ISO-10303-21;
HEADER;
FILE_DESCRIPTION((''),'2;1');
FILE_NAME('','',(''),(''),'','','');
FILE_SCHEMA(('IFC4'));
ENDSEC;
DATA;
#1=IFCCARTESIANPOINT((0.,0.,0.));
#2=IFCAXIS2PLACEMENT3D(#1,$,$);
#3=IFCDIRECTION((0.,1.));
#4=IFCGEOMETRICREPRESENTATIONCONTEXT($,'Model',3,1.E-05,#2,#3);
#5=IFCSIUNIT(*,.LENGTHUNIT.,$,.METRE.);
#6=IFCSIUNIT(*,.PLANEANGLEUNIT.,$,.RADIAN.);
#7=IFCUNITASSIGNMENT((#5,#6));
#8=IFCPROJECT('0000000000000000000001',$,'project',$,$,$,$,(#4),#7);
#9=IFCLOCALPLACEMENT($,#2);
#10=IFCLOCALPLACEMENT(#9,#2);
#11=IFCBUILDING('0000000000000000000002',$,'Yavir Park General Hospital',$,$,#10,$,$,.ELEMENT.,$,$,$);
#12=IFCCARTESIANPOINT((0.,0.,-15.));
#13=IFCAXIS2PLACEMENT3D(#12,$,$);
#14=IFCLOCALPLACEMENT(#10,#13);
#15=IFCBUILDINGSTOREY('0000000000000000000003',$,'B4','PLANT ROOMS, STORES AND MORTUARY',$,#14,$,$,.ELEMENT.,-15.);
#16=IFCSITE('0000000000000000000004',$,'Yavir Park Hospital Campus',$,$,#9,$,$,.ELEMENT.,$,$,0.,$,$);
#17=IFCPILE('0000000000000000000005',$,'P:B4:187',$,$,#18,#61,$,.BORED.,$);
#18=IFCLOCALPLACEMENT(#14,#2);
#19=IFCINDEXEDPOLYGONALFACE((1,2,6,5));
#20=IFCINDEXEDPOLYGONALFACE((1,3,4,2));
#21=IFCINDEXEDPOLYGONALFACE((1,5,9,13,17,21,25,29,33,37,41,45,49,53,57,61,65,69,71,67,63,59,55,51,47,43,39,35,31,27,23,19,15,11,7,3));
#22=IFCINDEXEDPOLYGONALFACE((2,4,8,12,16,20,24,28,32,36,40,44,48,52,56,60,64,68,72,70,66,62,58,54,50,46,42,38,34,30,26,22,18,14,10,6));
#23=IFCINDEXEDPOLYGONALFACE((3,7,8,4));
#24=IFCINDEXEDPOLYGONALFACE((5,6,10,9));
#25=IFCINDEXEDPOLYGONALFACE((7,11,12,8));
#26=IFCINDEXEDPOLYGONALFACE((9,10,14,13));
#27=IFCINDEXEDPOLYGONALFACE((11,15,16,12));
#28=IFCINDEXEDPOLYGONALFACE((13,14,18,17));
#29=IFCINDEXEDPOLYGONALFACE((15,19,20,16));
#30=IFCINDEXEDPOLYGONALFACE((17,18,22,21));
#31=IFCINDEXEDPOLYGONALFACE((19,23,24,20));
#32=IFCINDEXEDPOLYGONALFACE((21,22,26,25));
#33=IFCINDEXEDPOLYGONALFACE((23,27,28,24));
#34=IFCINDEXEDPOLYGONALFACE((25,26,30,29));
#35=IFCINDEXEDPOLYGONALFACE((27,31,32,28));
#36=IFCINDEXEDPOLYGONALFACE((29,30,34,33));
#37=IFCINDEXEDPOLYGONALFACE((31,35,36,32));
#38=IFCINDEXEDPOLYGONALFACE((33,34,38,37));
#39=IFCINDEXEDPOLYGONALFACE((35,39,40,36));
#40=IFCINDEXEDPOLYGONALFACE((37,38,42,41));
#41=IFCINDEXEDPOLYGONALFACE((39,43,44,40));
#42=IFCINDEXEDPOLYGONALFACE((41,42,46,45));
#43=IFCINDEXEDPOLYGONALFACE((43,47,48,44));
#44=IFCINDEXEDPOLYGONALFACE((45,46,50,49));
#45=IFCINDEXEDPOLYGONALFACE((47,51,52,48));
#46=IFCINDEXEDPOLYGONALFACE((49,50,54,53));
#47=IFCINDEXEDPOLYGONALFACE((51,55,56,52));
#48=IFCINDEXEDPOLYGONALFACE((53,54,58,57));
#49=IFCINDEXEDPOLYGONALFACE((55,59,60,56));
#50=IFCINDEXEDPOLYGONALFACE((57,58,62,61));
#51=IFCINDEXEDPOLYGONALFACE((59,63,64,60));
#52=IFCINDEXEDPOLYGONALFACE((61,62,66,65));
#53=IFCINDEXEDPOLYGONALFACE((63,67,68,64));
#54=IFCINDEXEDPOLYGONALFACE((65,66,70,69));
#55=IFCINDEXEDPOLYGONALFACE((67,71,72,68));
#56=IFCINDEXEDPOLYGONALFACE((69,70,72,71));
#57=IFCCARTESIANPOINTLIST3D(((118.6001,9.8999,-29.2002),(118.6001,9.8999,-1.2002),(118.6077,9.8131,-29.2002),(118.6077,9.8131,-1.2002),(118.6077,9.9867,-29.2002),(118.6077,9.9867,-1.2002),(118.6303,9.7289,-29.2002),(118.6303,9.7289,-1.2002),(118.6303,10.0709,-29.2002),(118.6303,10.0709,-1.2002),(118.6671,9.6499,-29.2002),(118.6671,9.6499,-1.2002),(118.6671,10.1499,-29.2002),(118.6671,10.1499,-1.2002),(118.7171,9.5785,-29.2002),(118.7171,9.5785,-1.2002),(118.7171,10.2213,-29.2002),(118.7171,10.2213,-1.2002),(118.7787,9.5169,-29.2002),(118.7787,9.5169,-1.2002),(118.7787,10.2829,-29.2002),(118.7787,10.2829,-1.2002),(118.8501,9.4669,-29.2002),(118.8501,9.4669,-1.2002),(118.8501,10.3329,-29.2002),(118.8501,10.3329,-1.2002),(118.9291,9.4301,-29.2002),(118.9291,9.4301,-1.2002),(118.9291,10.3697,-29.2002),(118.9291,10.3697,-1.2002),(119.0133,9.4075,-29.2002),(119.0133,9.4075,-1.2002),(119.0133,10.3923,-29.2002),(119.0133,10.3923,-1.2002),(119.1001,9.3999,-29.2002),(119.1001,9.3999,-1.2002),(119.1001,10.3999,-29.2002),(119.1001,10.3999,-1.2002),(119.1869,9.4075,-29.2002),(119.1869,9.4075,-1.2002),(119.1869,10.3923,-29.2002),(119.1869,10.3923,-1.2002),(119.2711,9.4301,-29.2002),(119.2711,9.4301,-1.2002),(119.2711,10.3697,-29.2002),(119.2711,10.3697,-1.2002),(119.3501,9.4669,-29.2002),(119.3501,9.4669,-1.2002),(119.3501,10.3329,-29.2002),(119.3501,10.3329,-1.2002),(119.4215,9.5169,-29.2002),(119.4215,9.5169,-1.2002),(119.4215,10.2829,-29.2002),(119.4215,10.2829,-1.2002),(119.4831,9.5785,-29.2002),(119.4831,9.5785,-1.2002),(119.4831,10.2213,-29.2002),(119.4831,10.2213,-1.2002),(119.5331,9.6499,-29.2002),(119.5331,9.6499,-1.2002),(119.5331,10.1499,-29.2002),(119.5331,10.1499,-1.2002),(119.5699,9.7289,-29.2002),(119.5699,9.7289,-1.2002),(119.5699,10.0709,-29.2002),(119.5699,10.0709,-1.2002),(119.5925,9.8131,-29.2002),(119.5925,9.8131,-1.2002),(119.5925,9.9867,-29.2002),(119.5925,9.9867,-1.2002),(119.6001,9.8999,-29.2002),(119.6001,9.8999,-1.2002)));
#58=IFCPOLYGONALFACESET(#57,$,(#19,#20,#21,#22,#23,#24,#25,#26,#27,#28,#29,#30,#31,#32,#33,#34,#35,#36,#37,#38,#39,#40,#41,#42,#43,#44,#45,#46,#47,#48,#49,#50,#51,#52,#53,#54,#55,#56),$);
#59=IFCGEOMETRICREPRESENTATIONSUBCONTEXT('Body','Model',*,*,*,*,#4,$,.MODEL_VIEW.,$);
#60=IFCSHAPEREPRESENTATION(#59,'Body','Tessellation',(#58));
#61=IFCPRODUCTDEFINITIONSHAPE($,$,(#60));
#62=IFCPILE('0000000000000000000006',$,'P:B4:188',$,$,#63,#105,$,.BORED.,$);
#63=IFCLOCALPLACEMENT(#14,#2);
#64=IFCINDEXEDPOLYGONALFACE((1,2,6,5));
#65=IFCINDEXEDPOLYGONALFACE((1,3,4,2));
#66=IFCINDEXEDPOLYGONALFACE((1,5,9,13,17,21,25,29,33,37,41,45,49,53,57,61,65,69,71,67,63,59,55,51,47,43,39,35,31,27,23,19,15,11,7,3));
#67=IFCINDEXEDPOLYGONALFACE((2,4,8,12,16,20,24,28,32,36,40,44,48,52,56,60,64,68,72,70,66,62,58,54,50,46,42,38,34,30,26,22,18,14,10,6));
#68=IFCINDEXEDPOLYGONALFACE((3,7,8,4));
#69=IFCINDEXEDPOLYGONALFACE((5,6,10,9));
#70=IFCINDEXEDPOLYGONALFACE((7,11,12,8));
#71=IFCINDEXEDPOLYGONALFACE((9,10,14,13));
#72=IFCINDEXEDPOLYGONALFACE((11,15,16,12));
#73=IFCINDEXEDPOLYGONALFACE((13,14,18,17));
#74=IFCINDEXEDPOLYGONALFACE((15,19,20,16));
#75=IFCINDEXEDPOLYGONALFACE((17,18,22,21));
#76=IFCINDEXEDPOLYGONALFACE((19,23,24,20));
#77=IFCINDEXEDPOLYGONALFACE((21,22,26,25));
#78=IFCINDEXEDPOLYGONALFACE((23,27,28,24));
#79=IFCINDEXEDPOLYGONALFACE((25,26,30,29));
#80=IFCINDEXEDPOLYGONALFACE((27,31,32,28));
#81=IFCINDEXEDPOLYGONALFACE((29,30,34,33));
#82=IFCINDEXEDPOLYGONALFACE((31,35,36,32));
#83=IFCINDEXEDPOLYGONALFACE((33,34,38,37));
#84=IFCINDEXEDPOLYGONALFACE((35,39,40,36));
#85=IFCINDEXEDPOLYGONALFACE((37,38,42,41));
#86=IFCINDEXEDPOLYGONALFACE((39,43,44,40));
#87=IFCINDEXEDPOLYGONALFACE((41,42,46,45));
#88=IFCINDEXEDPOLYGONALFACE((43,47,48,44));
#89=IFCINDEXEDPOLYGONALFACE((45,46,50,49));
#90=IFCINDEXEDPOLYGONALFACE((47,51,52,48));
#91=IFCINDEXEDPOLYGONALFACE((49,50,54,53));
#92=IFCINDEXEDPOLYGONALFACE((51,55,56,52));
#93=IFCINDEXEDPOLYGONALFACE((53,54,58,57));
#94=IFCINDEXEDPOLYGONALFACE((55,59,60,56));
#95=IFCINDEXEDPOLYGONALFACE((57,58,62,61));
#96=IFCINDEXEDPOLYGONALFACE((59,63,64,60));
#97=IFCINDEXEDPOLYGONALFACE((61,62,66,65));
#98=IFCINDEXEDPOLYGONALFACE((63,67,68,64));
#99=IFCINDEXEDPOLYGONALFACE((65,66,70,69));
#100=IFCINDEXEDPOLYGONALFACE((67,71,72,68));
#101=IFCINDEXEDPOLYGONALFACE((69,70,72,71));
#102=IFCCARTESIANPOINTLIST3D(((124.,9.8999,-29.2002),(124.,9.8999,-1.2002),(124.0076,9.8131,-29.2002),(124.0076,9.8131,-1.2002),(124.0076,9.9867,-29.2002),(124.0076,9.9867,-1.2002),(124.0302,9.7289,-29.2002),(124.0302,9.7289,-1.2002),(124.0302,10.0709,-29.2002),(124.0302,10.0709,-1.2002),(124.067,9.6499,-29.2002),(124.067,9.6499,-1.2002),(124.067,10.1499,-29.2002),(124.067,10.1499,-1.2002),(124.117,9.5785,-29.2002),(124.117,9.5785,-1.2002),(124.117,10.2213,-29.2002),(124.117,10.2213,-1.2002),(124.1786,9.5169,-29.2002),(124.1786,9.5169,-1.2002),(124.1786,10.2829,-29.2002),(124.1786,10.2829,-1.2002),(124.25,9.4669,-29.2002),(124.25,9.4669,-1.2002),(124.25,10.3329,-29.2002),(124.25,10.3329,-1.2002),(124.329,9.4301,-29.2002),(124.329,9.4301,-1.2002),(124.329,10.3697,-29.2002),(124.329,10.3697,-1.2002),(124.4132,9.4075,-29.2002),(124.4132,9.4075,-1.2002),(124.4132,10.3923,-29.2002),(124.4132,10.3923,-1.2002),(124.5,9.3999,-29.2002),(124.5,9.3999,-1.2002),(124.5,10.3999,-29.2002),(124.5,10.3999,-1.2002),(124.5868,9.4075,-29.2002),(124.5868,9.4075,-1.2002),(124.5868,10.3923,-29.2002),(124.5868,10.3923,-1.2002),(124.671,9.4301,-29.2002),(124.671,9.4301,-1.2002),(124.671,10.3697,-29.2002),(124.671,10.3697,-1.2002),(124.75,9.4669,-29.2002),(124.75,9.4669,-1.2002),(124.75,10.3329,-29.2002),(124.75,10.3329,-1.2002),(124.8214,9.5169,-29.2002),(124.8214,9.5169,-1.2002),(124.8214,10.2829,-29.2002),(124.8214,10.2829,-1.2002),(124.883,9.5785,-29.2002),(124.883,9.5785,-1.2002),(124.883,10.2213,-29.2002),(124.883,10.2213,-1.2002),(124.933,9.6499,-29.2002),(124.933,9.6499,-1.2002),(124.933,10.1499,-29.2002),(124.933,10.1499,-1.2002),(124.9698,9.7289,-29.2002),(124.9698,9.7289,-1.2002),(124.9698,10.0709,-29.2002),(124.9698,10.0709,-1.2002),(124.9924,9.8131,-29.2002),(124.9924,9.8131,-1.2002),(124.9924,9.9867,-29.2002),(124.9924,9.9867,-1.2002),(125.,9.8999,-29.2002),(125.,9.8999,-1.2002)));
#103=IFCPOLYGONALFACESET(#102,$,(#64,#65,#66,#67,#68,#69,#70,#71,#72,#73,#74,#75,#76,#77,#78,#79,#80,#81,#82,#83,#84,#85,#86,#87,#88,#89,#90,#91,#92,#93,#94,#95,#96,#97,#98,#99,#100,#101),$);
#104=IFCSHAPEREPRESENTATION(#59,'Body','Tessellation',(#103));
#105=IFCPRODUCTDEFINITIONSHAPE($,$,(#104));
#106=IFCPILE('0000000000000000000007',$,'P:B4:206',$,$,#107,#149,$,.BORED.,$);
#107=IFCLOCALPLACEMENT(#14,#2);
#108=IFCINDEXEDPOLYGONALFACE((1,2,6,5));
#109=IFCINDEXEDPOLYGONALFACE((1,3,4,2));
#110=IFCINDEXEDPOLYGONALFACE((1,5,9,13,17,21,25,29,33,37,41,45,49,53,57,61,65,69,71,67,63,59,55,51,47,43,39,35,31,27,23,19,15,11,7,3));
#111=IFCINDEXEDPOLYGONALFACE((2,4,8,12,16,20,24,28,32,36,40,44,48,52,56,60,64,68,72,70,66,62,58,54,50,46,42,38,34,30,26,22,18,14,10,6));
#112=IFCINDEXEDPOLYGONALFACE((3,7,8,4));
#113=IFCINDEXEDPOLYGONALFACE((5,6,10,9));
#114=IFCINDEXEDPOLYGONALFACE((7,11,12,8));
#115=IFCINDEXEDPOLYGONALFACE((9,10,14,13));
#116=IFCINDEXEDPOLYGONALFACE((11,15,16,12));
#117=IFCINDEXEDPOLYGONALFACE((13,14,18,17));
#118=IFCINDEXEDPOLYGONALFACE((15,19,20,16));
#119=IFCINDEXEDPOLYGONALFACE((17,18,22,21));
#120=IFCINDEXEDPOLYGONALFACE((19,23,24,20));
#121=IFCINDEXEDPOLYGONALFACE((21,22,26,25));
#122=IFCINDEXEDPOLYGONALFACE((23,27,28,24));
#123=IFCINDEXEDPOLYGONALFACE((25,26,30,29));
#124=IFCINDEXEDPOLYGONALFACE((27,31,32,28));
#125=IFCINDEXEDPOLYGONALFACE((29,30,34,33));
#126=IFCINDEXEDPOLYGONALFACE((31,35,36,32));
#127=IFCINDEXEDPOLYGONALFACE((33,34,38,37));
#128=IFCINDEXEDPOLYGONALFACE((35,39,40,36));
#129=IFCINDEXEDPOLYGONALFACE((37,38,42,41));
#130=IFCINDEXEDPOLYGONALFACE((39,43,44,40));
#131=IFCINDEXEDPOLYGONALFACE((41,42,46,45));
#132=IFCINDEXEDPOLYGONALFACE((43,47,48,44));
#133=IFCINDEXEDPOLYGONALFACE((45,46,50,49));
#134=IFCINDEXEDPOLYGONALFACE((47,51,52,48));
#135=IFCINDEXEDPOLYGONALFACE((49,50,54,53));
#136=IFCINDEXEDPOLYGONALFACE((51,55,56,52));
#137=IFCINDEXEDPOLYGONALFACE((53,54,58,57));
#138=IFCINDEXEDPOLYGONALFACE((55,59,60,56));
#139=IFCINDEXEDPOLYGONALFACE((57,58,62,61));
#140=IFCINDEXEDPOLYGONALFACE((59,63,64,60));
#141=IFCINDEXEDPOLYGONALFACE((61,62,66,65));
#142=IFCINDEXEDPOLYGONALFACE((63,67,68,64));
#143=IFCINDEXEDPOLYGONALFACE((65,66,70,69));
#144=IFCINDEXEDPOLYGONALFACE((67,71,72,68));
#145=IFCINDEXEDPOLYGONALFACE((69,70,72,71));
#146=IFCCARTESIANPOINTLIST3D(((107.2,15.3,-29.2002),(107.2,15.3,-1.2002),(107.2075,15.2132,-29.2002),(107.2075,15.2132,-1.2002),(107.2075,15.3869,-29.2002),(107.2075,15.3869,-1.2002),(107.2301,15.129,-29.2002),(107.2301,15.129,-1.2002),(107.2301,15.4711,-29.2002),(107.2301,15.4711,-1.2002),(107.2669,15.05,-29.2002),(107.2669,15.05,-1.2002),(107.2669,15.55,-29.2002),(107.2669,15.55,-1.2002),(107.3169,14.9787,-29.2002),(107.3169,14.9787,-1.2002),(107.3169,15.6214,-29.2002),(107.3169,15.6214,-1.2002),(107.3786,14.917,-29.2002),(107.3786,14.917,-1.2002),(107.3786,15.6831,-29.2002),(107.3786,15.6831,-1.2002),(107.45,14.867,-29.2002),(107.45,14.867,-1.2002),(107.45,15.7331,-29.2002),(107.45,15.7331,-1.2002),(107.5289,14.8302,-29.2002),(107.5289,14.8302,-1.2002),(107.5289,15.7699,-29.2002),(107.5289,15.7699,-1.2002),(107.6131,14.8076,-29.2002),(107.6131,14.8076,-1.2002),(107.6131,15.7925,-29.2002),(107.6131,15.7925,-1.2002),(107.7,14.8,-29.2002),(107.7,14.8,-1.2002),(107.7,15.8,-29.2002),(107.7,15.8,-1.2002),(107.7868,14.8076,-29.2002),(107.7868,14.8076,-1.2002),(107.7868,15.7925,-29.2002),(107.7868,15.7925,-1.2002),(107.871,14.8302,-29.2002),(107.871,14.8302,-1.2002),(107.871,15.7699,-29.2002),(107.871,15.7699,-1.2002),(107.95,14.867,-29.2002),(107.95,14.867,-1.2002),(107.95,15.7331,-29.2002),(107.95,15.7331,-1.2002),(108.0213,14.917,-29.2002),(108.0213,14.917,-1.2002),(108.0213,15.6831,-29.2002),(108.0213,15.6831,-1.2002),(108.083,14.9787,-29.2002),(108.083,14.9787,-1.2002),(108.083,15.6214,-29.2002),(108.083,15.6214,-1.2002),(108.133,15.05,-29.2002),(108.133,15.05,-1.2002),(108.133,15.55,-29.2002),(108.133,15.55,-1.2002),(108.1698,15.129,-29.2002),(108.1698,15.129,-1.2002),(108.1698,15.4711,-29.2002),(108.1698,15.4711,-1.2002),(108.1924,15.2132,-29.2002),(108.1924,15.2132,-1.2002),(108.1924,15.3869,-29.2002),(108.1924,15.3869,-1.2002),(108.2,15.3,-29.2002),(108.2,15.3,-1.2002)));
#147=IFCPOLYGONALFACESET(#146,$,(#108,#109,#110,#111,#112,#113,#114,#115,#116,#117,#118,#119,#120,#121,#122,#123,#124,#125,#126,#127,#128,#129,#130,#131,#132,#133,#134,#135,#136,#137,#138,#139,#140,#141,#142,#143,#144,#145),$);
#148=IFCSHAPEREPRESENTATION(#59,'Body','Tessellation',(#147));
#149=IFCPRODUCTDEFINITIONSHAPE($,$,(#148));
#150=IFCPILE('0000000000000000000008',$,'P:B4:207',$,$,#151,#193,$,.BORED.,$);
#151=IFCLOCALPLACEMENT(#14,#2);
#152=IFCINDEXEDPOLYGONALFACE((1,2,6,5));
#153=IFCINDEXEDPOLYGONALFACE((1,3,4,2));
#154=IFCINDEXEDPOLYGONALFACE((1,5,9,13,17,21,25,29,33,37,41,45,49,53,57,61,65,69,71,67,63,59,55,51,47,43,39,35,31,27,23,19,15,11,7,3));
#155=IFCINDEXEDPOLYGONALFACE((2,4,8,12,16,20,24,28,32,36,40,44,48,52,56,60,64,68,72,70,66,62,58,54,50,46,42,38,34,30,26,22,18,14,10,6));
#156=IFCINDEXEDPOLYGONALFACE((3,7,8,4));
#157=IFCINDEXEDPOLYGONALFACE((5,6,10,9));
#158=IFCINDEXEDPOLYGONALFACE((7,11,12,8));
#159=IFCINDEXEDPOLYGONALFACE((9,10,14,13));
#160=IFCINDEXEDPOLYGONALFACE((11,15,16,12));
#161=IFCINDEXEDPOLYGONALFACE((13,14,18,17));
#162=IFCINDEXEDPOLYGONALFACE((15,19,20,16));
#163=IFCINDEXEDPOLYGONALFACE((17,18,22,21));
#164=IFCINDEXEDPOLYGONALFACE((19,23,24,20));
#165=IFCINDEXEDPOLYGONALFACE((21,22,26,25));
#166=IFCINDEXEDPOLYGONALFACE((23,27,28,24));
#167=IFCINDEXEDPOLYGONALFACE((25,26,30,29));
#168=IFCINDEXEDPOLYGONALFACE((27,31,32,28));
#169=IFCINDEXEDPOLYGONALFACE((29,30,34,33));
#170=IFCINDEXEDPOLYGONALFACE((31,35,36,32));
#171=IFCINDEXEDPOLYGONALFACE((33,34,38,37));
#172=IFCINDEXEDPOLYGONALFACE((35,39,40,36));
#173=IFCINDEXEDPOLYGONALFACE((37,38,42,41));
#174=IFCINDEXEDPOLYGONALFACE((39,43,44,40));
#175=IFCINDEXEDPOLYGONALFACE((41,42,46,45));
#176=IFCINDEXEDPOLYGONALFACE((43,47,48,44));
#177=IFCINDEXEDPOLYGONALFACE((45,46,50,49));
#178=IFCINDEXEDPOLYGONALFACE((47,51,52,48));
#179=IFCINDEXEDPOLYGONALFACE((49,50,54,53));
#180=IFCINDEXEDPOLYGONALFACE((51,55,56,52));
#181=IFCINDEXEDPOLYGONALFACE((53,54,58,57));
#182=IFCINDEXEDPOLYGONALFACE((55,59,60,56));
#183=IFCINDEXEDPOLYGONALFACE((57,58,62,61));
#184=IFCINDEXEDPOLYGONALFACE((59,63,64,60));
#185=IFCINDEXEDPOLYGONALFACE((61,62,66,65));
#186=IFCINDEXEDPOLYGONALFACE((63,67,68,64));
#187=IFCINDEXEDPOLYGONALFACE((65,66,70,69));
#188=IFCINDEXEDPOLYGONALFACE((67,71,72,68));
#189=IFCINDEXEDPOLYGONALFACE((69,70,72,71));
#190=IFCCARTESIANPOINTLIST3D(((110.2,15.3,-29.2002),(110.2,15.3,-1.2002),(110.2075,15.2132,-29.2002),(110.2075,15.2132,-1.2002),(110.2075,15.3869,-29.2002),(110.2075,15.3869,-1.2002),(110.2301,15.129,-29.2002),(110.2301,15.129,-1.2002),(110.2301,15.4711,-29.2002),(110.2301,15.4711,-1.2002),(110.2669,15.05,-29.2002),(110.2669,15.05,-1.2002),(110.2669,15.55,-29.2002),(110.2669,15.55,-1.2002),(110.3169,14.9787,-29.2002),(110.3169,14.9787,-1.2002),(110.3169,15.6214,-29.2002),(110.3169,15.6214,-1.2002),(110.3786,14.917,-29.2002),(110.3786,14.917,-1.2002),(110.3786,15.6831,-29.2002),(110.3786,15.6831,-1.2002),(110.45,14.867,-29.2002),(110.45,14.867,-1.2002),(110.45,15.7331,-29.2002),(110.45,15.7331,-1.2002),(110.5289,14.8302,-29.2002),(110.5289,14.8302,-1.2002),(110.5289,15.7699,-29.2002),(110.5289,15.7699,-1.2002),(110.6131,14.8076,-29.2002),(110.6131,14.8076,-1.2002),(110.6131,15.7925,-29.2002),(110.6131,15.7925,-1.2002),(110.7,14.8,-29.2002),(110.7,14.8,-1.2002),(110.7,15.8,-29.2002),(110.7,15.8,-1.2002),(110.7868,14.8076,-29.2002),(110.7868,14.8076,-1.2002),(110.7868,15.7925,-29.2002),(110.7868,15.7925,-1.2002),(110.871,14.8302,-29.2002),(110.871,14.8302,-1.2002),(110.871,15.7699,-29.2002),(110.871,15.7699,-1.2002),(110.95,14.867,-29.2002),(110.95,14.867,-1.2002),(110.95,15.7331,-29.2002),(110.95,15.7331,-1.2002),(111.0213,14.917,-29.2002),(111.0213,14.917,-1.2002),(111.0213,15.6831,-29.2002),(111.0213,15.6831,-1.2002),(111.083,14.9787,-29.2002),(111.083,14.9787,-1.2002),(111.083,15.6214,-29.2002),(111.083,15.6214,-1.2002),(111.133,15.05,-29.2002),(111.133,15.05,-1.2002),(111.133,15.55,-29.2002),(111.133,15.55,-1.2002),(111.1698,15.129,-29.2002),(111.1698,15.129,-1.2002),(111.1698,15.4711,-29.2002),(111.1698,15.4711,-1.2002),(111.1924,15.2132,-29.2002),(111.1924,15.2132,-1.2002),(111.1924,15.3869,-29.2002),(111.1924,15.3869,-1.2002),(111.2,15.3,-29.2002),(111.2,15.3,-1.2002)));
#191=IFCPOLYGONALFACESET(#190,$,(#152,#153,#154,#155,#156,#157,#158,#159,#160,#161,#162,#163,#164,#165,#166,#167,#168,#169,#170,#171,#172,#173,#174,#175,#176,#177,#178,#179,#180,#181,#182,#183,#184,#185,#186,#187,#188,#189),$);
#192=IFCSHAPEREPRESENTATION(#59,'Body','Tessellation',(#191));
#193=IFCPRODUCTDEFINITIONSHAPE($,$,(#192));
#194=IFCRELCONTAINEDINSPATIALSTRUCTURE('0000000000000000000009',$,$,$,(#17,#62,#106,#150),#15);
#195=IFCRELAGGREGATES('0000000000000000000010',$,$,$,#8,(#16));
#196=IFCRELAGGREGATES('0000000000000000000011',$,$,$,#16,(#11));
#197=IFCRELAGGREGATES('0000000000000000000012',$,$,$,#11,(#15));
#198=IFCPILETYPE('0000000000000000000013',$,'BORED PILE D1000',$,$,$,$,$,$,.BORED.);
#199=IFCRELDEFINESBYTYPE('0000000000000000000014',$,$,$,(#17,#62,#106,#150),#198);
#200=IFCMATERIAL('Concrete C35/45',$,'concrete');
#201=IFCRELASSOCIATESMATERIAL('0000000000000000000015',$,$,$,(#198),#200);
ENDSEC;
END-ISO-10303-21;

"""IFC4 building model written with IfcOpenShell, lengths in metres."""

from ifc_helpers import new_model, si_unit, direction, frame, origin, origin_2d, place, context, subcontext, project, spatial, circle, extrude, material, material_profile, profile_set, type_object, element, save


model = new_model("IFC4")

# Units and contexts
model_context = context("Model", 3, precision=1e-05, world=origin(), true_north=direction((0.0, 1.0)))
body_context = subcontext(model_context, "Body", "Model", "MODEL_VIEW")
ifc_project = project(units=[si_unit("LENGTHUNIT", "METRE"), si_unit("PLANEANGLEUNIT", "RADIAN")], contexts=[model_context])

# Site, building, storey
site_placement = place(None, origin())
site = spatial("IfcSite", under=ifc_project, at=site_placement, Name="Yavir Park Hospital Campus", CompositionType="ELEMENT", RefElevation=0.0)
building_placement = place(site_placement, origin())
building = spatial("IfcBuilding", under=site, at=building_placement, Name="Yavir Park General Hospital", CompositionType="ELEMENT")
storey_placement = place(building_placement, frame((0.0, 0.0, -15.0)))
storey = spatial("IfcBuildingStorey", under=building, at=storey_placement, Name="B4", Description="PLANT ROOMS, STORES AND MORTUARY", CompositionType="ELEMENT", Elevation=-15.0)

# Piles
ifc_material_1 = material(Name="Concrete C35/45", Category="concrete")
ifc_material_profile_1 = material_profile(ifc_material_1, circle(Radius=0.5, at=origin_2d()), Name="D1000")
ifc_profile_set_1 = profile_set([ifc_material_profile_1], Name="Concrete C35/45")
pile_type = type_object("IfcPileType", Name="BORED PILE D1000", PredefinedType="BORED", material=ifc_profile_set_1)
for number, where, z_axis, x_axis, name in (
    (1, (119.1001, 9.8999, -1.2002), (0.0, 0.0, -1.0), (1.0, 0.0, 0.0), "P:B4:187"),
    (2, (124.5, 9.8999, -1.2002), (0.0, 0.0, -1.0), (1.0, 0.0, 0.0), "P:B4:188"),
    (3, (107.7, 15.3, -1.2002), (0.0, 0.0, -1.0), (1.0, 0.0, 0.0), "P:B4:206"),
    (4, (110.7, 15.3, -1.2002), (0.0, 0.0, -1.0), (1.0, 0.0, 0.0), "P:B4:207"),
):
    element("IfcPile", number, at=place(storey_placement, frame(where, z_axis=z_axis, x_axis=x_axis)), inside=storey, type_object=pile_type, Name=name, PredefinedType="BORED", context=body_context, shape_type="SweptSolid", body=[
        extrude(circle(Radius=0.5, at=origin_2d()), origin(), (0.0, 0.0, 1.0), 28.0),
    ])

save(model, "model.ifc")
